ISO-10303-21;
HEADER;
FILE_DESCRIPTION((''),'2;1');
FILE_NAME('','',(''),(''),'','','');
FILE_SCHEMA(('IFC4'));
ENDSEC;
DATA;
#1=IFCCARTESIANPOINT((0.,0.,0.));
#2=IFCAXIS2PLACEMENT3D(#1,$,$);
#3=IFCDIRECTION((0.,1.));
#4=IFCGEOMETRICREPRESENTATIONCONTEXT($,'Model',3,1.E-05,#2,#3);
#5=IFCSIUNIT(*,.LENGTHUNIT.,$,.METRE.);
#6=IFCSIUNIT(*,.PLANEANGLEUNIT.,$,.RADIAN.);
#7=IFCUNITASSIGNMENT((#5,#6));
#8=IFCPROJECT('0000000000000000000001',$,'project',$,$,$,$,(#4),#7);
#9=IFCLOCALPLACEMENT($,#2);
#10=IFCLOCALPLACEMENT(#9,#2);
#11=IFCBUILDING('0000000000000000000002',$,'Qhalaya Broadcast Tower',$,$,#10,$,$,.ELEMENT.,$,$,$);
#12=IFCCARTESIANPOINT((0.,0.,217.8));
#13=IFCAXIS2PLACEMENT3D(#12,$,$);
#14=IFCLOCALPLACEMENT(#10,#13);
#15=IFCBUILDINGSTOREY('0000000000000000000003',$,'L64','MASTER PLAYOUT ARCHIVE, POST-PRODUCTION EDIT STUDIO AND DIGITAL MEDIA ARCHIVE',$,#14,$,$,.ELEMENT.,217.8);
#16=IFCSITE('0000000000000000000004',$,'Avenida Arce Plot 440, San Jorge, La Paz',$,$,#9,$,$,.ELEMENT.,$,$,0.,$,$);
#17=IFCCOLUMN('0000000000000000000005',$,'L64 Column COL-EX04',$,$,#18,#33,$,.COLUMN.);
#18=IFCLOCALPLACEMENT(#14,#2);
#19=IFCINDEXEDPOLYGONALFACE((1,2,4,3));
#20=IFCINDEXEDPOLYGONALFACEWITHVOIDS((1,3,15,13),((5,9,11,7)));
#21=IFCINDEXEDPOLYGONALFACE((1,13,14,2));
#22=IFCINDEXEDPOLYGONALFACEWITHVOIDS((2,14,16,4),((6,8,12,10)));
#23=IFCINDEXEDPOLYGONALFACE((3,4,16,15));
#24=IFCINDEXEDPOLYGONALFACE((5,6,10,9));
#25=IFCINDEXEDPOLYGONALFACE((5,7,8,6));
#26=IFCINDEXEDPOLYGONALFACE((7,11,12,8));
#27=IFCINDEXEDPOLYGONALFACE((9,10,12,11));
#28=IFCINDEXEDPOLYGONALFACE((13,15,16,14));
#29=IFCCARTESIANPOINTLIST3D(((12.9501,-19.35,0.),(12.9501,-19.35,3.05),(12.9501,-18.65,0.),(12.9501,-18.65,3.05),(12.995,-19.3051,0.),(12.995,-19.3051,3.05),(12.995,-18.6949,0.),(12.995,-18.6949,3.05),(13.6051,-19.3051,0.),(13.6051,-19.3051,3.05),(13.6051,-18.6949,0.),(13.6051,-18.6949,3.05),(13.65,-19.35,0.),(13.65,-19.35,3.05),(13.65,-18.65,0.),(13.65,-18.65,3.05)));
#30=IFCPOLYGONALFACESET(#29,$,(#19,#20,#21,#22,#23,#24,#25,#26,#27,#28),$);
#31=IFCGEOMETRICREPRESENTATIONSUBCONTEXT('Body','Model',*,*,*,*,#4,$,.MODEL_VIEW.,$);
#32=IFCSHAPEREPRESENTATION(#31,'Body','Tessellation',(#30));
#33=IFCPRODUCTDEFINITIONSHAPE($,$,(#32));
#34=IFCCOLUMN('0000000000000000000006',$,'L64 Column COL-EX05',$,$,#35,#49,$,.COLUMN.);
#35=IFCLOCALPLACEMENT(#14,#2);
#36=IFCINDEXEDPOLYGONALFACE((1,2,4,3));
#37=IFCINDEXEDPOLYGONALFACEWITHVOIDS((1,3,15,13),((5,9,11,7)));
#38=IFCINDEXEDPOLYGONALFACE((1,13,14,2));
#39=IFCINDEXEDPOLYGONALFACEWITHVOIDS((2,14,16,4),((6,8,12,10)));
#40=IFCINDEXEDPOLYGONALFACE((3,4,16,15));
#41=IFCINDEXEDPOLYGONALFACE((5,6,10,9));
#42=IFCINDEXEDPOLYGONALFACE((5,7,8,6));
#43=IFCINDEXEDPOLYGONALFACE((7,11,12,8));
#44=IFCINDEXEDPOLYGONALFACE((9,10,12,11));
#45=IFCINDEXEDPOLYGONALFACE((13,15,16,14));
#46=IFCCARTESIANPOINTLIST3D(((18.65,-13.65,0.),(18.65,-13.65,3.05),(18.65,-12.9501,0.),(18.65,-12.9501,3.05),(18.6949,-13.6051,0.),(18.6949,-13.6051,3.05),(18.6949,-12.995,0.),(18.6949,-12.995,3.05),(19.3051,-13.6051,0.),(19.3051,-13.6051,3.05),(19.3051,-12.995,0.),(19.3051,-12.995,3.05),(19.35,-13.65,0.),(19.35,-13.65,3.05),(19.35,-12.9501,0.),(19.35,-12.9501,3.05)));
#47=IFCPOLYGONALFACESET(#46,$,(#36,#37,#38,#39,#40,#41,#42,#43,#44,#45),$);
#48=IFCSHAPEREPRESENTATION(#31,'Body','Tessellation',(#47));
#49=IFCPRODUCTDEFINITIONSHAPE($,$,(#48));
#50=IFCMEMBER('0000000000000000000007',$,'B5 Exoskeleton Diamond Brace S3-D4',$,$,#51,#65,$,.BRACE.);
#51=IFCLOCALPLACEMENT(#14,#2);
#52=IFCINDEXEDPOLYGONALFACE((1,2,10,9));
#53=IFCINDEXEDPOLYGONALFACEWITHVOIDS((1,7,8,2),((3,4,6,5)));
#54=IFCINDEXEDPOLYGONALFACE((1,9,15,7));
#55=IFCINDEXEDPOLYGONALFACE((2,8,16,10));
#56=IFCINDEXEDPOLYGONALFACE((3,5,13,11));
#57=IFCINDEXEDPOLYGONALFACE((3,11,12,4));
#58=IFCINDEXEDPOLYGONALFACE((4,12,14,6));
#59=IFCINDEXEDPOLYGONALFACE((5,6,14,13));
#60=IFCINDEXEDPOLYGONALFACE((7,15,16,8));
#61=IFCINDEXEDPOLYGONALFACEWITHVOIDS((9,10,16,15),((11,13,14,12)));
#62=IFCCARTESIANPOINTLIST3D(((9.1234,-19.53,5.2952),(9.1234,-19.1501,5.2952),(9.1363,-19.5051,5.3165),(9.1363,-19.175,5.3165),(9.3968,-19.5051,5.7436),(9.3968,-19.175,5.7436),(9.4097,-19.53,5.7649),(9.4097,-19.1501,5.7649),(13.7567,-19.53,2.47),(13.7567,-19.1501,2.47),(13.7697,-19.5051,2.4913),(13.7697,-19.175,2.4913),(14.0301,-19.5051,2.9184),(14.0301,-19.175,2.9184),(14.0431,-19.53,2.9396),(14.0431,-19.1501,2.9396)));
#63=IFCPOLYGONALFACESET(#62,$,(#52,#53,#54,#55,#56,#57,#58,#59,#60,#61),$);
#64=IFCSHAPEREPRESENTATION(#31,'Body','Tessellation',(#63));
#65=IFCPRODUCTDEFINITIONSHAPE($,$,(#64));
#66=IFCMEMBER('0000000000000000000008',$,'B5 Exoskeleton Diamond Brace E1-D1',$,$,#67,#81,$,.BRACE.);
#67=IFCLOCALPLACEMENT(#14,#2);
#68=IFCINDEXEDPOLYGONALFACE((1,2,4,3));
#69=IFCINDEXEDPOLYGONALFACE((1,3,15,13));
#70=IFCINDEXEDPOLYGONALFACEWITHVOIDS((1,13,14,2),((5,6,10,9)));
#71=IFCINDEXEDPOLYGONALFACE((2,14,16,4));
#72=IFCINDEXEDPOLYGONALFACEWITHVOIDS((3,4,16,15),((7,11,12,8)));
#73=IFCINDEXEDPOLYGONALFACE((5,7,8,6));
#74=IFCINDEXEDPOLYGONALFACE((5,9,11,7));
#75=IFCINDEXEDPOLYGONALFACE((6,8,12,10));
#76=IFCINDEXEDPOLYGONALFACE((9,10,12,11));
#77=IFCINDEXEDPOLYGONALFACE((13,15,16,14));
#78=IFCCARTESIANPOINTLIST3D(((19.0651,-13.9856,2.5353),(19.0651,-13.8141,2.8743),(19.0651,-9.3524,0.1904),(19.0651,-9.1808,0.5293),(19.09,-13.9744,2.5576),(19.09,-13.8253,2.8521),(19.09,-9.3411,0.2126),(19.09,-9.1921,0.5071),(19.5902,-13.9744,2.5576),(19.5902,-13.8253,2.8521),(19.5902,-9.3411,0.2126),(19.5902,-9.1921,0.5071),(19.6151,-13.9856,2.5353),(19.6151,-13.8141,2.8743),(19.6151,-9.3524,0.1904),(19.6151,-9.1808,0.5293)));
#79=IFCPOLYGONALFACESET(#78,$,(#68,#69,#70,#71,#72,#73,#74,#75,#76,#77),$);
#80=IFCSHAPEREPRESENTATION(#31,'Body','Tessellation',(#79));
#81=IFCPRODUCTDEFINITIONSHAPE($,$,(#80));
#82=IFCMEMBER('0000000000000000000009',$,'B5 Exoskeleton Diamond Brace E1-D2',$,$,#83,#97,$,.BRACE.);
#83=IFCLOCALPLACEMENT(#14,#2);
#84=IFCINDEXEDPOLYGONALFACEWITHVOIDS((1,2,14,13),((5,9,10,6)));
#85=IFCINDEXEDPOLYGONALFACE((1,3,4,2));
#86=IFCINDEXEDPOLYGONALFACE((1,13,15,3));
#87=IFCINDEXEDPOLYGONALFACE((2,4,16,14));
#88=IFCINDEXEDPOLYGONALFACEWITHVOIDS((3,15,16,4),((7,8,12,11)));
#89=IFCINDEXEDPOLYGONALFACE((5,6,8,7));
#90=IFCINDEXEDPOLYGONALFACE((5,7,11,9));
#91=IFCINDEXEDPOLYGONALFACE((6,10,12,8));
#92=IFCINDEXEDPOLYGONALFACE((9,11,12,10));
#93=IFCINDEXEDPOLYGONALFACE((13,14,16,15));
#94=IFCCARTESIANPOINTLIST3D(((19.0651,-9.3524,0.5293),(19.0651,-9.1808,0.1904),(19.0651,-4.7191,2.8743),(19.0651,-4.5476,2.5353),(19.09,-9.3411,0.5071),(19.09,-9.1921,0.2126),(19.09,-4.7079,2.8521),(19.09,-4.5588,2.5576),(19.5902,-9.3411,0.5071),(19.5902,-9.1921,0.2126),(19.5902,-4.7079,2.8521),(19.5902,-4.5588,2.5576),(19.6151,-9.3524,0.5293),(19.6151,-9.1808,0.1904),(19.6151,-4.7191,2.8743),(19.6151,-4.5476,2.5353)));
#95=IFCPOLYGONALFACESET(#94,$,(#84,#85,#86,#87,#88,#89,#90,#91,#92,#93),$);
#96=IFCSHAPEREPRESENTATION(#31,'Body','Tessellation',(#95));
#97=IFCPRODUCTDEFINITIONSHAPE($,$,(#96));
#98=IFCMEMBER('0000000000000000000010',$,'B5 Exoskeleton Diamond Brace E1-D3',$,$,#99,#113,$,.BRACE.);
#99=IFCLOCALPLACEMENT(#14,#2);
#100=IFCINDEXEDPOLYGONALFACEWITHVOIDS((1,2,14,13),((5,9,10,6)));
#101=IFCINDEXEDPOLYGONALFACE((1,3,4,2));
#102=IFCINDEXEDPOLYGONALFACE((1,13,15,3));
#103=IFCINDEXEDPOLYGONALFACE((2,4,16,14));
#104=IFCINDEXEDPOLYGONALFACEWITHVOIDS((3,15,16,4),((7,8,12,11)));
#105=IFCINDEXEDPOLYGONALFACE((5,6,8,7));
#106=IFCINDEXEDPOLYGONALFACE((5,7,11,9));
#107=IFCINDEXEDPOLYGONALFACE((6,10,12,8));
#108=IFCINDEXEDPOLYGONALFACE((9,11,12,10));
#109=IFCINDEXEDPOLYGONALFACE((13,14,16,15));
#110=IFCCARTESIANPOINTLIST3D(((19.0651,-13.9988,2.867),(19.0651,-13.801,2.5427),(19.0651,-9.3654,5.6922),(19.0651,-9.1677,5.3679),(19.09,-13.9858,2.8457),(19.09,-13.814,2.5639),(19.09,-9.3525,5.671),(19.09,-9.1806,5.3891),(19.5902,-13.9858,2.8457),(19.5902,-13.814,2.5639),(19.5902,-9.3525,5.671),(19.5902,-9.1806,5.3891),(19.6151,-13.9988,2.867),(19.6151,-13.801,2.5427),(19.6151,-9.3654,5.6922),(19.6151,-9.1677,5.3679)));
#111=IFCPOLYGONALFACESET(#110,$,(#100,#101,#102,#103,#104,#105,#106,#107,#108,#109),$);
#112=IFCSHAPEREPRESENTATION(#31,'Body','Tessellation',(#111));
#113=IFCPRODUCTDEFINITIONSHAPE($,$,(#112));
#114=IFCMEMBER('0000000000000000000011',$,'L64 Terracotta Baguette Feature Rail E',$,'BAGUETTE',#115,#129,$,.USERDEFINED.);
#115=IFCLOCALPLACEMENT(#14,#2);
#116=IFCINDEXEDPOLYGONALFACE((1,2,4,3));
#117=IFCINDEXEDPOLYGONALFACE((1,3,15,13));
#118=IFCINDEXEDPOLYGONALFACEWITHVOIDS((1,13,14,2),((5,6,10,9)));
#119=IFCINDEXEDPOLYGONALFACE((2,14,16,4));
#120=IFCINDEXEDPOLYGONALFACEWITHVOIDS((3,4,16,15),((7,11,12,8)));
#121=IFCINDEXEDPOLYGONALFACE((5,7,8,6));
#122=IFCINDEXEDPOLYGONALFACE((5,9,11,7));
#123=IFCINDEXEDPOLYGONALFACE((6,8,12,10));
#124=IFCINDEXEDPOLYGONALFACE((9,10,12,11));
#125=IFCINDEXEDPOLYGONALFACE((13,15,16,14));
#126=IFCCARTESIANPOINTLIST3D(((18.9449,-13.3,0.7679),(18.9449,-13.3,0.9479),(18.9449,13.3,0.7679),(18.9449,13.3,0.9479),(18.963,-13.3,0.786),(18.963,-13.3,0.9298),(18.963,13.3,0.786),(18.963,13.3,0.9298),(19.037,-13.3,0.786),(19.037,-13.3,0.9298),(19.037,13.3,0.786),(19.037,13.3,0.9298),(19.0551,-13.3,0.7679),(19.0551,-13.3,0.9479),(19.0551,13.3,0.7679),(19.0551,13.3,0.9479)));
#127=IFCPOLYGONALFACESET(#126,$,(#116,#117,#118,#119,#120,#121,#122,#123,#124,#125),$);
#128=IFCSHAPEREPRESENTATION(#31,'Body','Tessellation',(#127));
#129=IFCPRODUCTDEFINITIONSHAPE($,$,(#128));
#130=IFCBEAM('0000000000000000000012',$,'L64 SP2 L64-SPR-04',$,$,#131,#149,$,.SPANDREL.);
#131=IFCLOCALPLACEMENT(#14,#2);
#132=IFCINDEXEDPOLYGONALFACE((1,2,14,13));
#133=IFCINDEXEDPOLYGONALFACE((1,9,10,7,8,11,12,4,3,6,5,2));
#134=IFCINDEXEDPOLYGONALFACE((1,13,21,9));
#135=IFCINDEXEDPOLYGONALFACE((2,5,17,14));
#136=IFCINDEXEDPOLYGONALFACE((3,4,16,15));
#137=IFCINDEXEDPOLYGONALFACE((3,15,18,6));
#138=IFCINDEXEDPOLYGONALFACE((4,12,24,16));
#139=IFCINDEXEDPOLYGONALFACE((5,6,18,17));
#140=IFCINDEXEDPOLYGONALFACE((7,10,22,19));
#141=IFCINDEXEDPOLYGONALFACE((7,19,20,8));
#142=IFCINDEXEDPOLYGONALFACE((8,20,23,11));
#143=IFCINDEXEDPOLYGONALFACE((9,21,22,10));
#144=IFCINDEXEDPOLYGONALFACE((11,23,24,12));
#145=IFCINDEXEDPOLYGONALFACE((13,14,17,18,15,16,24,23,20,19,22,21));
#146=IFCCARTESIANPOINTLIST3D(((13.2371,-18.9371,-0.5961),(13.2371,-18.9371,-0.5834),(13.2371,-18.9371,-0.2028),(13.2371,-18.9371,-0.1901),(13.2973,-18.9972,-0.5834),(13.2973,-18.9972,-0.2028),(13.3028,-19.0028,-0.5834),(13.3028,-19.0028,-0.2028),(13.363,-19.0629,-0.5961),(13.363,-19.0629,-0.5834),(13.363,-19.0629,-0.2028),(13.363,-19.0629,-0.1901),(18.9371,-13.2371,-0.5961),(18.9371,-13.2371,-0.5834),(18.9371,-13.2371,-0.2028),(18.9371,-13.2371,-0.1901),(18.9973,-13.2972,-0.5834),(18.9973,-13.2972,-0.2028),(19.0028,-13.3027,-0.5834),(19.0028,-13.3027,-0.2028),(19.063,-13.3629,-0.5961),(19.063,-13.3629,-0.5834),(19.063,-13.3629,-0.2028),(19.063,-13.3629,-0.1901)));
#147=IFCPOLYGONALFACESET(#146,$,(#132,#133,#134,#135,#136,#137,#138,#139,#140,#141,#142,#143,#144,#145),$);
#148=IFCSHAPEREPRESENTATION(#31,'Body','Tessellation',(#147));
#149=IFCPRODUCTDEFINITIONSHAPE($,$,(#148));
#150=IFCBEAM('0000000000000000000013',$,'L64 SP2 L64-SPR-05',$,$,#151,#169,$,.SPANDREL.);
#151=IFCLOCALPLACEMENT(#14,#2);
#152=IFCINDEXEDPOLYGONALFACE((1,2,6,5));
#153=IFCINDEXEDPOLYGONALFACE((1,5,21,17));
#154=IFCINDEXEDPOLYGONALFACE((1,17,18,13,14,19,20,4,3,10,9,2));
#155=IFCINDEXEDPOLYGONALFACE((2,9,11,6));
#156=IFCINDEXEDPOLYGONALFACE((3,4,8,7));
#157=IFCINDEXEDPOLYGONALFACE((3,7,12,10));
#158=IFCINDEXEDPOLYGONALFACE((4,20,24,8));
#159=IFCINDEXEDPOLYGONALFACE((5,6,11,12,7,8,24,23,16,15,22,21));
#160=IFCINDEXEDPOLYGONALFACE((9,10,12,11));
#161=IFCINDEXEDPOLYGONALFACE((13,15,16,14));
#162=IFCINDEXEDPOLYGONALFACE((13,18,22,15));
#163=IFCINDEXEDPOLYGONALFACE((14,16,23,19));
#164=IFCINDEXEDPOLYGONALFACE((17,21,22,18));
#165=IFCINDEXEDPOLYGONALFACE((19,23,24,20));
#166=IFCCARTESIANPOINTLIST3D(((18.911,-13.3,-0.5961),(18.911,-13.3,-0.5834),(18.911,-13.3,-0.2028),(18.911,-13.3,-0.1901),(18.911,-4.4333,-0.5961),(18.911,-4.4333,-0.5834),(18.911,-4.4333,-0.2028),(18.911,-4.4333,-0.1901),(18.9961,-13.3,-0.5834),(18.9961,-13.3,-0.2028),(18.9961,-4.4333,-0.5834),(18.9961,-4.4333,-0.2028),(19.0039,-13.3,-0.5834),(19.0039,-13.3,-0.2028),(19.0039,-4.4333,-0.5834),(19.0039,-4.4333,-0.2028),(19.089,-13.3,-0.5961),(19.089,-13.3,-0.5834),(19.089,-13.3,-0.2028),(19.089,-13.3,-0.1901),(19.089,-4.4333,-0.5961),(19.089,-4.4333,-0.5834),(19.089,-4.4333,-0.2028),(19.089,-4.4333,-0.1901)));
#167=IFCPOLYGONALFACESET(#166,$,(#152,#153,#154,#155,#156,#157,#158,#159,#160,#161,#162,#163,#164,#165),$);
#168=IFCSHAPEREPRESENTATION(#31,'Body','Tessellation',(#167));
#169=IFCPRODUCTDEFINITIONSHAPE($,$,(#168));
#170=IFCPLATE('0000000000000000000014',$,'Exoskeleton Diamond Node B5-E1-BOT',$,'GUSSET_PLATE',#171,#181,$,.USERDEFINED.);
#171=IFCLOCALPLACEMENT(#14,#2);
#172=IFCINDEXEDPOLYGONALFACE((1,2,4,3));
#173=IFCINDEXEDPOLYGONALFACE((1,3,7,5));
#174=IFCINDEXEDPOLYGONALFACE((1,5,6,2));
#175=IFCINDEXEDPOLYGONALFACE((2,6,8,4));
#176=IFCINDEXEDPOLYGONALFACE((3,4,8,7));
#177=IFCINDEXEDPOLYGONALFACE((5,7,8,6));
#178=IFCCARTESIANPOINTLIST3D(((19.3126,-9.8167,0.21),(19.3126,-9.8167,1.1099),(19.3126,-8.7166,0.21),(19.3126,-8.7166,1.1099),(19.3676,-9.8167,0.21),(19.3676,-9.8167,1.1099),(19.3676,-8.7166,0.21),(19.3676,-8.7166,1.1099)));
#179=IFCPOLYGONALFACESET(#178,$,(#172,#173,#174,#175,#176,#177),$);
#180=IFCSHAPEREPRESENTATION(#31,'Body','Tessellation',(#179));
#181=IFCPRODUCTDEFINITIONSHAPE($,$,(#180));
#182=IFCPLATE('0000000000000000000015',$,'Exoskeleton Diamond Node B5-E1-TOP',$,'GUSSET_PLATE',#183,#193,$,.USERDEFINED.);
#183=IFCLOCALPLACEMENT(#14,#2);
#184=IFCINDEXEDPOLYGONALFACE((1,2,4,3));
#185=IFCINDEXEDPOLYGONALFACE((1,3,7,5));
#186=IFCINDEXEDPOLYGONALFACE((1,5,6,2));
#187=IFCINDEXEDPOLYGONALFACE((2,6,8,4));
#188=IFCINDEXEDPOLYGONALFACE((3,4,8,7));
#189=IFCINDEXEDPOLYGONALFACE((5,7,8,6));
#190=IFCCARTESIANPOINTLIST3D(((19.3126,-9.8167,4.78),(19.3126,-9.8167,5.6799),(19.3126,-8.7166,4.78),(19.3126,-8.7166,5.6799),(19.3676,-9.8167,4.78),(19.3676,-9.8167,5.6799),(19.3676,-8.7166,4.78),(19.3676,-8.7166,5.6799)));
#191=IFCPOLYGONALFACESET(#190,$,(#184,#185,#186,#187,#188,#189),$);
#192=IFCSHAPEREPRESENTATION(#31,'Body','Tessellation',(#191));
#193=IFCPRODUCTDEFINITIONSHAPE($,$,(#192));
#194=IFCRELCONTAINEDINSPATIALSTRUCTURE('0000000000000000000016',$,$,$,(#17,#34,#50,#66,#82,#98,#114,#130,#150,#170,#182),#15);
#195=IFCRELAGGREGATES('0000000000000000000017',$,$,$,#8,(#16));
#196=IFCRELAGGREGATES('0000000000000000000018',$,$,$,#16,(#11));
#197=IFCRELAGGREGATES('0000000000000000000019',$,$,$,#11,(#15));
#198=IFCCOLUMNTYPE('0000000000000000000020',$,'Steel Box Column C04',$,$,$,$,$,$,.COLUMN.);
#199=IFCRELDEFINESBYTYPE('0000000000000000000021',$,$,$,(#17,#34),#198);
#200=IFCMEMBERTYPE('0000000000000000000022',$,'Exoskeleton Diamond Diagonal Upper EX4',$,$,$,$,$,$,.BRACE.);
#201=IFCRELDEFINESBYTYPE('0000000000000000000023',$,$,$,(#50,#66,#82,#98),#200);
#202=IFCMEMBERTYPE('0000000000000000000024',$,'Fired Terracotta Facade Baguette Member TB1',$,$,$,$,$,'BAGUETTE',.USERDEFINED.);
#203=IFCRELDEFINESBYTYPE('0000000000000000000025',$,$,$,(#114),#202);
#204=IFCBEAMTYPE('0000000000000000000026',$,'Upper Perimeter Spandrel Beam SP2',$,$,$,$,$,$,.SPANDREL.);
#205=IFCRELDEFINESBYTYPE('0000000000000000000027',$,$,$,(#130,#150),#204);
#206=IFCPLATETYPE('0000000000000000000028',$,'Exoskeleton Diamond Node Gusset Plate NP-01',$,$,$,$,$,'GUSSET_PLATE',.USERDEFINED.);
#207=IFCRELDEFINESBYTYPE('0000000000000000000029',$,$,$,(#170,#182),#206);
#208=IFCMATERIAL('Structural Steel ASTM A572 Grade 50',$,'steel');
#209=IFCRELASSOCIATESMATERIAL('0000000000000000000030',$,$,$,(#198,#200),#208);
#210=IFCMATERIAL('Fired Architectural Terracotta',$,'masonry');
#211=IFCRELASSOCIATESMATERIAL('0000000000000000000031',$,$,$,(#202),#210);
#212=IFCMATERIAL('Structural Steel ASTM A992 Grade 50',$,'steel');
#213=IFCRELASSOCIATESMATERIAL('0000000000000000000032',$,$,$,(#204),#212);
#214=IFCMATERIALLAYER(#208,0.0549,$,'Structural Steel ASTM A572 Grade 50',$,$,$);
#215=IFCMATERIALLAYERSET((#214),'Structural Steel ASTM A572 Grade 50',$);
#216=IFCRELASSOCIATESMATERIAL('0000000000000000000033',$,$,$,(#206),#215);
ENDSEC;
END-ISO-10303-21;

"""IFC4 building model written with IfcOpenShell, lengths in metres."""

from ifc_helpers import new_model, si_unit, direction, frame, origin, origin_2d, place, context, subcontext, project, spatial, rectangle, hollow_rectangle, i_section, extrude, material, layer, layer_set, material_profile, profile_set, type_object, element, save


model = new_model("IFC4")

# Units and contexts
model_context = context("Model", 3, precision=1e-05, world=origin(), true_north=direction((0.0, 1.0)))
body_context = subcontext(model_context, "Body", "Model", "MODEL_VIEW")
ifc_project = project(units=[si_unit("LENGTHUNIT", "METRE"), si_unit("PLANEANGLEUNIT", "RADIAN")], contexts=[model_context])

# Site, building, storey
site_placement = place(None, origin())
site = spatial("IfcSite", under=ifc_project, at=site_placement, Name="Avenida Arce Plot 440, San Jorge, La Paz", CompositionType="ELEMENT", RefElevation=0.0)
building_placement = place(site_placement, origin())
building = spatial("IfcBuilding", under=site, at=building_placement, Name="Qhalaya Broadcast Tower", CompositionType="ELEMENT")
storey_placement = place(building_placement, frame((0.0, 0.0, 217.8)))
storey = spatial("IfcBuildingStorey", under=building, at=storey_placement, Name="L64", Description="MASTER PLAYOUT ARCHIVE, POST-PRODUCTION EDIT STUDIO AND DIGITAL MEDIA ARCHIVE", CompositionType="ELEMENT", Elevation=217.8)

# Columns
ifc_material_1 = material(Name="Structural Steel ASTM A572 Grade 50", Category="steel")
ifc_material_profile_1 = material_profile(ifc_material_1, hollow_rectangle(XDim=0.7, YDim=0.7, WallThickness=0.0449, at=origin_2d()), Name="BOX 700x700x45")
ifc_profile_set_1 = profile_set([ifc_material_profile_1], Name="Structural Steel ASTM A572 Grade 50")
column_type = type_object("IfcColumnType", Name="Steel Box Column C04", PredefinedType="COLUMN", material=ifc_profile_set_1)
for number, where, z_axis, x_axis, name in (
    (1, (13.3, -19.0, 0.0), (0.0, 0.0, 1.0), (1.0, 0.0, 0.0), "L64 Column COL-EX04"),
    (2, (19.0, -13.3, 0.0), (0.0, 0.0, 1.0), (0.0, 1.0, 0.0), "L64 Column COL-EX05"),
):
    element("IfcColumn", number, at=place(storey_placement, frame(where, z_axis=z_axis, x_axis=x_axis)), inside=storey, type_object=column_type, Name=name, PredefinedType="COLUMN", context=body_context, shape_type="SweptSolid", body=[
        extrude(hollow_rectangle(XDim=0.7, YDim=0.7, WallThickness=0.0449, at=origin_2d()), origin(), (0.0, 0.0, 1.0), 3.05),
    ])

# Members
ifc_material_profile_2 = material_profile(ifc_material_1, hollow_rectangle(XDim=0.3799, YDim=0.55, WallThickness=0.0249, at=origin_2d()), Name="BOX 380x550x25")
ifc_profile_set_2 = profile_set([ifc_material_profile_2], Name="Structural Steel ASTM A572 Grade 50")
member_type_1 = type_object("IfcMemberType", Name="Exoskeleton Diamond Diagonal Upper EX4", PredefinedType="BRACE", material=ifc_profile_set_2)
member_1_placement = place(storey_placement, frame((13.8999, -19.3401, 2.7048), z_axis=(-0.853795, 0.0, 0.520609), x_axis=(0.0, -1.0, 0.0)))
element("IfcMember", 3, at=member_1_placement, inside=storey, type_object=member_type_1, Name="B5 Exoskeleton Diamond Brace S3-D4", PredefinedType="BRACE", context=body_context, shape_type="SweptSolid", body=[
    extrude(hollow_rectangle(XDim=0.3799, YDim=0.55, WallThickness=0.0249, at=origin_2d()), origin(), (0.0, 0.0, 1.0), 5.4268),
])
for number, where, z_axis, x_axis, name in (
    (4, (19.3401, -9.2666, 0.3599), (0.0, -0.892235, 0.451571), (0.0, 0.451571, 0.892235), "B5 Exoskeleton Diamond Brace E1-D1"),
    (5, (19.3401, -9.2666, 0.3599), (0.0, 0.892235, 0.451571), (0.0, -0.451571, 0.892235), "B5 Exoskeleton Diamond Brace E1-D2"),
):
    element("IfcMember", number, at=place(storey_placement, frame(where, z_axis=z_axis, x_axis=x_axis)), inside=storey, type_object=member_type_1, Name=name, PredefinedType="BRACE", context=body_context, shape_type="SweptSolid", body=[
        extrude(hollow_rectangle(XDim=0.3799, YDim=0.55, WallThickness=0.0249, at=origin_2d()), origin(), (0.0, 0.0, 1.0), 5.1929),
    ])
member_2_placement = place(storey_placement, frame((19.3401, -13.8999, 2.7048), z_axis=(0.0, 0.853795, 0.520609), x_axis=(0.0, -0.520609, 0.853795)))
element("IfcMember", 6, at=member_2_placement, inside=storey, type_object=member_type_1, Name="B5 Exoskeleton Diamond Brace E1-D3", PredefinedType="BRACE", context=body_context, shape_type="SweptSolid", body=[
    extrude(hollow_rectangle(XDim=0.3799, YDim=0.55, WallThickness=0.0249, at=origin_2d()), origin(), (0.0, 0.0, 1.0), 5.4268),
])
ifc_material_2 = material(Name="Fired Architectural Terracotta", Category="masonry")
ifc_material_profile_3 = material_profile(ifc_material_2, hollow_rectangle(XDim=0.1101, YDim=0.1799, WallThickness=0.0181, at=origin_2d()), Name="TB-BAG 110x180x18")
ifc_profile_set_3 = profile_set([ifc_material_profile_3], Name="Fired Architectural Terracotta")
member_type_2 = type_object("IfcMemberType", Name="Fired Terracotta Facade Baguette Member TB1", ElementType="BAGUETTE", PredefinedType="USERDEFINED", material=ifc_profile_set_3)
member_3_placement = place(storey_placement, frame((19.0, -13.3, 0.8579), z_axis=(0.0, 1.0, 0.0), x_axis=(-1.0, 0.0, 0.0)))
element("IfcMember", 7, at=member_3_placement, inside=storey, type_object=member_type_2, Name="L64 Terracotta Baguette Feature Rail E", ObjectType="BAGUETTE", PredefinedType="USERDEFINED", context=body_context, shape_type="SweptSolid", body=[
    extrude(hollow_rectangle(XDim=0.1101, YDim=0.1799, WallThickness=0.0181, at=origin_2d()), origin(), (0.0, 0.0, 1.0), 26.6001),
])

# Beams
ifc_material_3 = material(Name="Structural Steel ASTM A992 Grade 50", Category="steel")
ifc_material_profile_4 = material_profile(ifc_material_3, i_section(OverallWidth=0.178, OverallDepth=0.406, WebThickness=0.0078, FlangeThickness=0.0127, at=origin_2d()), Name="W16X40")
ifc_profile_set_4 = profile_set([ifc_material_profile_4], Name="Structural Steel ASTM A992 Grade 50")
beam_type = type_object("IfcBeamType", Name="Upper Perimeter Spandrel Beam SP2", PredefinedType="SPANDREL", material=ifc_profile_set_4)
beam_1_placement = place(storey_placement, frame((13.3, -19.0, -0.3931), z_axis=(0.707107, 0.707107, 0.0), x_axis=(-0.707107, 0.707107, 0.0)))
element("IfcBeam", 8, at=beam_1_placement, inside=storey, type_object=beam_type, Name="L64 SP2 L64-SPR-04", PredefinedType="SPANDREL", context=body_context, shape_type="SweptSolid", body=[
    extrude(i_section(OverallWidth=0.178, OverallDepth=0.406, WebThickness=0.0078, FlangeThickness=0.0127, at=origin_2d()), origin(), (0.0, 0.0, 1.0), 8.061),
])
beam_2_placement = place(storey_placement, frame((19.0, -13.3, -0.3931), z_axis=(0.0, 1.0, 0.0), x_axis=(-1.0, 0.0, 0.0)))
element("IfcBeam", 9, at=beam_2_placement, inside=storey, type_object=beam_type, Name="L64 SP2 L64-SPR-05", PredefinedType="SPANDREL", context=body_context, shape_type="SweptSolid", body=[
    extrude(i_section(OverallWidth=0.178, OverallDepth=0.406, WebThickness=0.0078, FlangeThickness=0.0127, at=origin_2d()), origin(), (0.0, 0.0, 1.0), 8.8667),
])

# Plates
ifc_layer_1 = layer(ifc_material_1, 0.0549, Name="Structural Steel ASTM A572 Grade 50")
ifc_layer_set_1 = layer_set([ifc_layer_1], Name="Structural Steel ASTM A572 Grade 50")
plate_type_1 = type_object("IfcPlateType", Name="Exoskeleton Diamond Node Gusset Plate NP-01", ElementType="GUSSET_PLATE", PredefinedType="USERDEFINED", material=ifc_layer_set_1)
for number, where, z_axis, x_axis, name in (
    (10, (19.3401, -9.2666, 0.21), (0.0, 0.0, 1.0), (0.0, 1.0, 0.0), "Exoskeleton Diamond Node B5-E1-BOT"),
    (11, (19.3401, -9.2666, 4.78), (0.0, 0.0, 1.0), (0.0, 1.0, 0.0), "Exoskeleton Diamond Node B5-E1-TOP"),
):
    element("IfcPlate", number, at=place(storey_placement, frame(where, z_axis=z_axis, x_axis=x_axis)), inside=storey, type_object=plate_type_1, Name=name, ObjectType="GUSSET_PLATE", PredefinedType="USERDEFINED", context=body_context, shape_type="SweptSolid", body=[
        extrude(rectangle(XDim=1.1001, YDim=0.0549, at=origin_2d()), origin(), (0.0, 0.0, 1.0), 0.8999),
    ])

save(model, "model.ifc")
